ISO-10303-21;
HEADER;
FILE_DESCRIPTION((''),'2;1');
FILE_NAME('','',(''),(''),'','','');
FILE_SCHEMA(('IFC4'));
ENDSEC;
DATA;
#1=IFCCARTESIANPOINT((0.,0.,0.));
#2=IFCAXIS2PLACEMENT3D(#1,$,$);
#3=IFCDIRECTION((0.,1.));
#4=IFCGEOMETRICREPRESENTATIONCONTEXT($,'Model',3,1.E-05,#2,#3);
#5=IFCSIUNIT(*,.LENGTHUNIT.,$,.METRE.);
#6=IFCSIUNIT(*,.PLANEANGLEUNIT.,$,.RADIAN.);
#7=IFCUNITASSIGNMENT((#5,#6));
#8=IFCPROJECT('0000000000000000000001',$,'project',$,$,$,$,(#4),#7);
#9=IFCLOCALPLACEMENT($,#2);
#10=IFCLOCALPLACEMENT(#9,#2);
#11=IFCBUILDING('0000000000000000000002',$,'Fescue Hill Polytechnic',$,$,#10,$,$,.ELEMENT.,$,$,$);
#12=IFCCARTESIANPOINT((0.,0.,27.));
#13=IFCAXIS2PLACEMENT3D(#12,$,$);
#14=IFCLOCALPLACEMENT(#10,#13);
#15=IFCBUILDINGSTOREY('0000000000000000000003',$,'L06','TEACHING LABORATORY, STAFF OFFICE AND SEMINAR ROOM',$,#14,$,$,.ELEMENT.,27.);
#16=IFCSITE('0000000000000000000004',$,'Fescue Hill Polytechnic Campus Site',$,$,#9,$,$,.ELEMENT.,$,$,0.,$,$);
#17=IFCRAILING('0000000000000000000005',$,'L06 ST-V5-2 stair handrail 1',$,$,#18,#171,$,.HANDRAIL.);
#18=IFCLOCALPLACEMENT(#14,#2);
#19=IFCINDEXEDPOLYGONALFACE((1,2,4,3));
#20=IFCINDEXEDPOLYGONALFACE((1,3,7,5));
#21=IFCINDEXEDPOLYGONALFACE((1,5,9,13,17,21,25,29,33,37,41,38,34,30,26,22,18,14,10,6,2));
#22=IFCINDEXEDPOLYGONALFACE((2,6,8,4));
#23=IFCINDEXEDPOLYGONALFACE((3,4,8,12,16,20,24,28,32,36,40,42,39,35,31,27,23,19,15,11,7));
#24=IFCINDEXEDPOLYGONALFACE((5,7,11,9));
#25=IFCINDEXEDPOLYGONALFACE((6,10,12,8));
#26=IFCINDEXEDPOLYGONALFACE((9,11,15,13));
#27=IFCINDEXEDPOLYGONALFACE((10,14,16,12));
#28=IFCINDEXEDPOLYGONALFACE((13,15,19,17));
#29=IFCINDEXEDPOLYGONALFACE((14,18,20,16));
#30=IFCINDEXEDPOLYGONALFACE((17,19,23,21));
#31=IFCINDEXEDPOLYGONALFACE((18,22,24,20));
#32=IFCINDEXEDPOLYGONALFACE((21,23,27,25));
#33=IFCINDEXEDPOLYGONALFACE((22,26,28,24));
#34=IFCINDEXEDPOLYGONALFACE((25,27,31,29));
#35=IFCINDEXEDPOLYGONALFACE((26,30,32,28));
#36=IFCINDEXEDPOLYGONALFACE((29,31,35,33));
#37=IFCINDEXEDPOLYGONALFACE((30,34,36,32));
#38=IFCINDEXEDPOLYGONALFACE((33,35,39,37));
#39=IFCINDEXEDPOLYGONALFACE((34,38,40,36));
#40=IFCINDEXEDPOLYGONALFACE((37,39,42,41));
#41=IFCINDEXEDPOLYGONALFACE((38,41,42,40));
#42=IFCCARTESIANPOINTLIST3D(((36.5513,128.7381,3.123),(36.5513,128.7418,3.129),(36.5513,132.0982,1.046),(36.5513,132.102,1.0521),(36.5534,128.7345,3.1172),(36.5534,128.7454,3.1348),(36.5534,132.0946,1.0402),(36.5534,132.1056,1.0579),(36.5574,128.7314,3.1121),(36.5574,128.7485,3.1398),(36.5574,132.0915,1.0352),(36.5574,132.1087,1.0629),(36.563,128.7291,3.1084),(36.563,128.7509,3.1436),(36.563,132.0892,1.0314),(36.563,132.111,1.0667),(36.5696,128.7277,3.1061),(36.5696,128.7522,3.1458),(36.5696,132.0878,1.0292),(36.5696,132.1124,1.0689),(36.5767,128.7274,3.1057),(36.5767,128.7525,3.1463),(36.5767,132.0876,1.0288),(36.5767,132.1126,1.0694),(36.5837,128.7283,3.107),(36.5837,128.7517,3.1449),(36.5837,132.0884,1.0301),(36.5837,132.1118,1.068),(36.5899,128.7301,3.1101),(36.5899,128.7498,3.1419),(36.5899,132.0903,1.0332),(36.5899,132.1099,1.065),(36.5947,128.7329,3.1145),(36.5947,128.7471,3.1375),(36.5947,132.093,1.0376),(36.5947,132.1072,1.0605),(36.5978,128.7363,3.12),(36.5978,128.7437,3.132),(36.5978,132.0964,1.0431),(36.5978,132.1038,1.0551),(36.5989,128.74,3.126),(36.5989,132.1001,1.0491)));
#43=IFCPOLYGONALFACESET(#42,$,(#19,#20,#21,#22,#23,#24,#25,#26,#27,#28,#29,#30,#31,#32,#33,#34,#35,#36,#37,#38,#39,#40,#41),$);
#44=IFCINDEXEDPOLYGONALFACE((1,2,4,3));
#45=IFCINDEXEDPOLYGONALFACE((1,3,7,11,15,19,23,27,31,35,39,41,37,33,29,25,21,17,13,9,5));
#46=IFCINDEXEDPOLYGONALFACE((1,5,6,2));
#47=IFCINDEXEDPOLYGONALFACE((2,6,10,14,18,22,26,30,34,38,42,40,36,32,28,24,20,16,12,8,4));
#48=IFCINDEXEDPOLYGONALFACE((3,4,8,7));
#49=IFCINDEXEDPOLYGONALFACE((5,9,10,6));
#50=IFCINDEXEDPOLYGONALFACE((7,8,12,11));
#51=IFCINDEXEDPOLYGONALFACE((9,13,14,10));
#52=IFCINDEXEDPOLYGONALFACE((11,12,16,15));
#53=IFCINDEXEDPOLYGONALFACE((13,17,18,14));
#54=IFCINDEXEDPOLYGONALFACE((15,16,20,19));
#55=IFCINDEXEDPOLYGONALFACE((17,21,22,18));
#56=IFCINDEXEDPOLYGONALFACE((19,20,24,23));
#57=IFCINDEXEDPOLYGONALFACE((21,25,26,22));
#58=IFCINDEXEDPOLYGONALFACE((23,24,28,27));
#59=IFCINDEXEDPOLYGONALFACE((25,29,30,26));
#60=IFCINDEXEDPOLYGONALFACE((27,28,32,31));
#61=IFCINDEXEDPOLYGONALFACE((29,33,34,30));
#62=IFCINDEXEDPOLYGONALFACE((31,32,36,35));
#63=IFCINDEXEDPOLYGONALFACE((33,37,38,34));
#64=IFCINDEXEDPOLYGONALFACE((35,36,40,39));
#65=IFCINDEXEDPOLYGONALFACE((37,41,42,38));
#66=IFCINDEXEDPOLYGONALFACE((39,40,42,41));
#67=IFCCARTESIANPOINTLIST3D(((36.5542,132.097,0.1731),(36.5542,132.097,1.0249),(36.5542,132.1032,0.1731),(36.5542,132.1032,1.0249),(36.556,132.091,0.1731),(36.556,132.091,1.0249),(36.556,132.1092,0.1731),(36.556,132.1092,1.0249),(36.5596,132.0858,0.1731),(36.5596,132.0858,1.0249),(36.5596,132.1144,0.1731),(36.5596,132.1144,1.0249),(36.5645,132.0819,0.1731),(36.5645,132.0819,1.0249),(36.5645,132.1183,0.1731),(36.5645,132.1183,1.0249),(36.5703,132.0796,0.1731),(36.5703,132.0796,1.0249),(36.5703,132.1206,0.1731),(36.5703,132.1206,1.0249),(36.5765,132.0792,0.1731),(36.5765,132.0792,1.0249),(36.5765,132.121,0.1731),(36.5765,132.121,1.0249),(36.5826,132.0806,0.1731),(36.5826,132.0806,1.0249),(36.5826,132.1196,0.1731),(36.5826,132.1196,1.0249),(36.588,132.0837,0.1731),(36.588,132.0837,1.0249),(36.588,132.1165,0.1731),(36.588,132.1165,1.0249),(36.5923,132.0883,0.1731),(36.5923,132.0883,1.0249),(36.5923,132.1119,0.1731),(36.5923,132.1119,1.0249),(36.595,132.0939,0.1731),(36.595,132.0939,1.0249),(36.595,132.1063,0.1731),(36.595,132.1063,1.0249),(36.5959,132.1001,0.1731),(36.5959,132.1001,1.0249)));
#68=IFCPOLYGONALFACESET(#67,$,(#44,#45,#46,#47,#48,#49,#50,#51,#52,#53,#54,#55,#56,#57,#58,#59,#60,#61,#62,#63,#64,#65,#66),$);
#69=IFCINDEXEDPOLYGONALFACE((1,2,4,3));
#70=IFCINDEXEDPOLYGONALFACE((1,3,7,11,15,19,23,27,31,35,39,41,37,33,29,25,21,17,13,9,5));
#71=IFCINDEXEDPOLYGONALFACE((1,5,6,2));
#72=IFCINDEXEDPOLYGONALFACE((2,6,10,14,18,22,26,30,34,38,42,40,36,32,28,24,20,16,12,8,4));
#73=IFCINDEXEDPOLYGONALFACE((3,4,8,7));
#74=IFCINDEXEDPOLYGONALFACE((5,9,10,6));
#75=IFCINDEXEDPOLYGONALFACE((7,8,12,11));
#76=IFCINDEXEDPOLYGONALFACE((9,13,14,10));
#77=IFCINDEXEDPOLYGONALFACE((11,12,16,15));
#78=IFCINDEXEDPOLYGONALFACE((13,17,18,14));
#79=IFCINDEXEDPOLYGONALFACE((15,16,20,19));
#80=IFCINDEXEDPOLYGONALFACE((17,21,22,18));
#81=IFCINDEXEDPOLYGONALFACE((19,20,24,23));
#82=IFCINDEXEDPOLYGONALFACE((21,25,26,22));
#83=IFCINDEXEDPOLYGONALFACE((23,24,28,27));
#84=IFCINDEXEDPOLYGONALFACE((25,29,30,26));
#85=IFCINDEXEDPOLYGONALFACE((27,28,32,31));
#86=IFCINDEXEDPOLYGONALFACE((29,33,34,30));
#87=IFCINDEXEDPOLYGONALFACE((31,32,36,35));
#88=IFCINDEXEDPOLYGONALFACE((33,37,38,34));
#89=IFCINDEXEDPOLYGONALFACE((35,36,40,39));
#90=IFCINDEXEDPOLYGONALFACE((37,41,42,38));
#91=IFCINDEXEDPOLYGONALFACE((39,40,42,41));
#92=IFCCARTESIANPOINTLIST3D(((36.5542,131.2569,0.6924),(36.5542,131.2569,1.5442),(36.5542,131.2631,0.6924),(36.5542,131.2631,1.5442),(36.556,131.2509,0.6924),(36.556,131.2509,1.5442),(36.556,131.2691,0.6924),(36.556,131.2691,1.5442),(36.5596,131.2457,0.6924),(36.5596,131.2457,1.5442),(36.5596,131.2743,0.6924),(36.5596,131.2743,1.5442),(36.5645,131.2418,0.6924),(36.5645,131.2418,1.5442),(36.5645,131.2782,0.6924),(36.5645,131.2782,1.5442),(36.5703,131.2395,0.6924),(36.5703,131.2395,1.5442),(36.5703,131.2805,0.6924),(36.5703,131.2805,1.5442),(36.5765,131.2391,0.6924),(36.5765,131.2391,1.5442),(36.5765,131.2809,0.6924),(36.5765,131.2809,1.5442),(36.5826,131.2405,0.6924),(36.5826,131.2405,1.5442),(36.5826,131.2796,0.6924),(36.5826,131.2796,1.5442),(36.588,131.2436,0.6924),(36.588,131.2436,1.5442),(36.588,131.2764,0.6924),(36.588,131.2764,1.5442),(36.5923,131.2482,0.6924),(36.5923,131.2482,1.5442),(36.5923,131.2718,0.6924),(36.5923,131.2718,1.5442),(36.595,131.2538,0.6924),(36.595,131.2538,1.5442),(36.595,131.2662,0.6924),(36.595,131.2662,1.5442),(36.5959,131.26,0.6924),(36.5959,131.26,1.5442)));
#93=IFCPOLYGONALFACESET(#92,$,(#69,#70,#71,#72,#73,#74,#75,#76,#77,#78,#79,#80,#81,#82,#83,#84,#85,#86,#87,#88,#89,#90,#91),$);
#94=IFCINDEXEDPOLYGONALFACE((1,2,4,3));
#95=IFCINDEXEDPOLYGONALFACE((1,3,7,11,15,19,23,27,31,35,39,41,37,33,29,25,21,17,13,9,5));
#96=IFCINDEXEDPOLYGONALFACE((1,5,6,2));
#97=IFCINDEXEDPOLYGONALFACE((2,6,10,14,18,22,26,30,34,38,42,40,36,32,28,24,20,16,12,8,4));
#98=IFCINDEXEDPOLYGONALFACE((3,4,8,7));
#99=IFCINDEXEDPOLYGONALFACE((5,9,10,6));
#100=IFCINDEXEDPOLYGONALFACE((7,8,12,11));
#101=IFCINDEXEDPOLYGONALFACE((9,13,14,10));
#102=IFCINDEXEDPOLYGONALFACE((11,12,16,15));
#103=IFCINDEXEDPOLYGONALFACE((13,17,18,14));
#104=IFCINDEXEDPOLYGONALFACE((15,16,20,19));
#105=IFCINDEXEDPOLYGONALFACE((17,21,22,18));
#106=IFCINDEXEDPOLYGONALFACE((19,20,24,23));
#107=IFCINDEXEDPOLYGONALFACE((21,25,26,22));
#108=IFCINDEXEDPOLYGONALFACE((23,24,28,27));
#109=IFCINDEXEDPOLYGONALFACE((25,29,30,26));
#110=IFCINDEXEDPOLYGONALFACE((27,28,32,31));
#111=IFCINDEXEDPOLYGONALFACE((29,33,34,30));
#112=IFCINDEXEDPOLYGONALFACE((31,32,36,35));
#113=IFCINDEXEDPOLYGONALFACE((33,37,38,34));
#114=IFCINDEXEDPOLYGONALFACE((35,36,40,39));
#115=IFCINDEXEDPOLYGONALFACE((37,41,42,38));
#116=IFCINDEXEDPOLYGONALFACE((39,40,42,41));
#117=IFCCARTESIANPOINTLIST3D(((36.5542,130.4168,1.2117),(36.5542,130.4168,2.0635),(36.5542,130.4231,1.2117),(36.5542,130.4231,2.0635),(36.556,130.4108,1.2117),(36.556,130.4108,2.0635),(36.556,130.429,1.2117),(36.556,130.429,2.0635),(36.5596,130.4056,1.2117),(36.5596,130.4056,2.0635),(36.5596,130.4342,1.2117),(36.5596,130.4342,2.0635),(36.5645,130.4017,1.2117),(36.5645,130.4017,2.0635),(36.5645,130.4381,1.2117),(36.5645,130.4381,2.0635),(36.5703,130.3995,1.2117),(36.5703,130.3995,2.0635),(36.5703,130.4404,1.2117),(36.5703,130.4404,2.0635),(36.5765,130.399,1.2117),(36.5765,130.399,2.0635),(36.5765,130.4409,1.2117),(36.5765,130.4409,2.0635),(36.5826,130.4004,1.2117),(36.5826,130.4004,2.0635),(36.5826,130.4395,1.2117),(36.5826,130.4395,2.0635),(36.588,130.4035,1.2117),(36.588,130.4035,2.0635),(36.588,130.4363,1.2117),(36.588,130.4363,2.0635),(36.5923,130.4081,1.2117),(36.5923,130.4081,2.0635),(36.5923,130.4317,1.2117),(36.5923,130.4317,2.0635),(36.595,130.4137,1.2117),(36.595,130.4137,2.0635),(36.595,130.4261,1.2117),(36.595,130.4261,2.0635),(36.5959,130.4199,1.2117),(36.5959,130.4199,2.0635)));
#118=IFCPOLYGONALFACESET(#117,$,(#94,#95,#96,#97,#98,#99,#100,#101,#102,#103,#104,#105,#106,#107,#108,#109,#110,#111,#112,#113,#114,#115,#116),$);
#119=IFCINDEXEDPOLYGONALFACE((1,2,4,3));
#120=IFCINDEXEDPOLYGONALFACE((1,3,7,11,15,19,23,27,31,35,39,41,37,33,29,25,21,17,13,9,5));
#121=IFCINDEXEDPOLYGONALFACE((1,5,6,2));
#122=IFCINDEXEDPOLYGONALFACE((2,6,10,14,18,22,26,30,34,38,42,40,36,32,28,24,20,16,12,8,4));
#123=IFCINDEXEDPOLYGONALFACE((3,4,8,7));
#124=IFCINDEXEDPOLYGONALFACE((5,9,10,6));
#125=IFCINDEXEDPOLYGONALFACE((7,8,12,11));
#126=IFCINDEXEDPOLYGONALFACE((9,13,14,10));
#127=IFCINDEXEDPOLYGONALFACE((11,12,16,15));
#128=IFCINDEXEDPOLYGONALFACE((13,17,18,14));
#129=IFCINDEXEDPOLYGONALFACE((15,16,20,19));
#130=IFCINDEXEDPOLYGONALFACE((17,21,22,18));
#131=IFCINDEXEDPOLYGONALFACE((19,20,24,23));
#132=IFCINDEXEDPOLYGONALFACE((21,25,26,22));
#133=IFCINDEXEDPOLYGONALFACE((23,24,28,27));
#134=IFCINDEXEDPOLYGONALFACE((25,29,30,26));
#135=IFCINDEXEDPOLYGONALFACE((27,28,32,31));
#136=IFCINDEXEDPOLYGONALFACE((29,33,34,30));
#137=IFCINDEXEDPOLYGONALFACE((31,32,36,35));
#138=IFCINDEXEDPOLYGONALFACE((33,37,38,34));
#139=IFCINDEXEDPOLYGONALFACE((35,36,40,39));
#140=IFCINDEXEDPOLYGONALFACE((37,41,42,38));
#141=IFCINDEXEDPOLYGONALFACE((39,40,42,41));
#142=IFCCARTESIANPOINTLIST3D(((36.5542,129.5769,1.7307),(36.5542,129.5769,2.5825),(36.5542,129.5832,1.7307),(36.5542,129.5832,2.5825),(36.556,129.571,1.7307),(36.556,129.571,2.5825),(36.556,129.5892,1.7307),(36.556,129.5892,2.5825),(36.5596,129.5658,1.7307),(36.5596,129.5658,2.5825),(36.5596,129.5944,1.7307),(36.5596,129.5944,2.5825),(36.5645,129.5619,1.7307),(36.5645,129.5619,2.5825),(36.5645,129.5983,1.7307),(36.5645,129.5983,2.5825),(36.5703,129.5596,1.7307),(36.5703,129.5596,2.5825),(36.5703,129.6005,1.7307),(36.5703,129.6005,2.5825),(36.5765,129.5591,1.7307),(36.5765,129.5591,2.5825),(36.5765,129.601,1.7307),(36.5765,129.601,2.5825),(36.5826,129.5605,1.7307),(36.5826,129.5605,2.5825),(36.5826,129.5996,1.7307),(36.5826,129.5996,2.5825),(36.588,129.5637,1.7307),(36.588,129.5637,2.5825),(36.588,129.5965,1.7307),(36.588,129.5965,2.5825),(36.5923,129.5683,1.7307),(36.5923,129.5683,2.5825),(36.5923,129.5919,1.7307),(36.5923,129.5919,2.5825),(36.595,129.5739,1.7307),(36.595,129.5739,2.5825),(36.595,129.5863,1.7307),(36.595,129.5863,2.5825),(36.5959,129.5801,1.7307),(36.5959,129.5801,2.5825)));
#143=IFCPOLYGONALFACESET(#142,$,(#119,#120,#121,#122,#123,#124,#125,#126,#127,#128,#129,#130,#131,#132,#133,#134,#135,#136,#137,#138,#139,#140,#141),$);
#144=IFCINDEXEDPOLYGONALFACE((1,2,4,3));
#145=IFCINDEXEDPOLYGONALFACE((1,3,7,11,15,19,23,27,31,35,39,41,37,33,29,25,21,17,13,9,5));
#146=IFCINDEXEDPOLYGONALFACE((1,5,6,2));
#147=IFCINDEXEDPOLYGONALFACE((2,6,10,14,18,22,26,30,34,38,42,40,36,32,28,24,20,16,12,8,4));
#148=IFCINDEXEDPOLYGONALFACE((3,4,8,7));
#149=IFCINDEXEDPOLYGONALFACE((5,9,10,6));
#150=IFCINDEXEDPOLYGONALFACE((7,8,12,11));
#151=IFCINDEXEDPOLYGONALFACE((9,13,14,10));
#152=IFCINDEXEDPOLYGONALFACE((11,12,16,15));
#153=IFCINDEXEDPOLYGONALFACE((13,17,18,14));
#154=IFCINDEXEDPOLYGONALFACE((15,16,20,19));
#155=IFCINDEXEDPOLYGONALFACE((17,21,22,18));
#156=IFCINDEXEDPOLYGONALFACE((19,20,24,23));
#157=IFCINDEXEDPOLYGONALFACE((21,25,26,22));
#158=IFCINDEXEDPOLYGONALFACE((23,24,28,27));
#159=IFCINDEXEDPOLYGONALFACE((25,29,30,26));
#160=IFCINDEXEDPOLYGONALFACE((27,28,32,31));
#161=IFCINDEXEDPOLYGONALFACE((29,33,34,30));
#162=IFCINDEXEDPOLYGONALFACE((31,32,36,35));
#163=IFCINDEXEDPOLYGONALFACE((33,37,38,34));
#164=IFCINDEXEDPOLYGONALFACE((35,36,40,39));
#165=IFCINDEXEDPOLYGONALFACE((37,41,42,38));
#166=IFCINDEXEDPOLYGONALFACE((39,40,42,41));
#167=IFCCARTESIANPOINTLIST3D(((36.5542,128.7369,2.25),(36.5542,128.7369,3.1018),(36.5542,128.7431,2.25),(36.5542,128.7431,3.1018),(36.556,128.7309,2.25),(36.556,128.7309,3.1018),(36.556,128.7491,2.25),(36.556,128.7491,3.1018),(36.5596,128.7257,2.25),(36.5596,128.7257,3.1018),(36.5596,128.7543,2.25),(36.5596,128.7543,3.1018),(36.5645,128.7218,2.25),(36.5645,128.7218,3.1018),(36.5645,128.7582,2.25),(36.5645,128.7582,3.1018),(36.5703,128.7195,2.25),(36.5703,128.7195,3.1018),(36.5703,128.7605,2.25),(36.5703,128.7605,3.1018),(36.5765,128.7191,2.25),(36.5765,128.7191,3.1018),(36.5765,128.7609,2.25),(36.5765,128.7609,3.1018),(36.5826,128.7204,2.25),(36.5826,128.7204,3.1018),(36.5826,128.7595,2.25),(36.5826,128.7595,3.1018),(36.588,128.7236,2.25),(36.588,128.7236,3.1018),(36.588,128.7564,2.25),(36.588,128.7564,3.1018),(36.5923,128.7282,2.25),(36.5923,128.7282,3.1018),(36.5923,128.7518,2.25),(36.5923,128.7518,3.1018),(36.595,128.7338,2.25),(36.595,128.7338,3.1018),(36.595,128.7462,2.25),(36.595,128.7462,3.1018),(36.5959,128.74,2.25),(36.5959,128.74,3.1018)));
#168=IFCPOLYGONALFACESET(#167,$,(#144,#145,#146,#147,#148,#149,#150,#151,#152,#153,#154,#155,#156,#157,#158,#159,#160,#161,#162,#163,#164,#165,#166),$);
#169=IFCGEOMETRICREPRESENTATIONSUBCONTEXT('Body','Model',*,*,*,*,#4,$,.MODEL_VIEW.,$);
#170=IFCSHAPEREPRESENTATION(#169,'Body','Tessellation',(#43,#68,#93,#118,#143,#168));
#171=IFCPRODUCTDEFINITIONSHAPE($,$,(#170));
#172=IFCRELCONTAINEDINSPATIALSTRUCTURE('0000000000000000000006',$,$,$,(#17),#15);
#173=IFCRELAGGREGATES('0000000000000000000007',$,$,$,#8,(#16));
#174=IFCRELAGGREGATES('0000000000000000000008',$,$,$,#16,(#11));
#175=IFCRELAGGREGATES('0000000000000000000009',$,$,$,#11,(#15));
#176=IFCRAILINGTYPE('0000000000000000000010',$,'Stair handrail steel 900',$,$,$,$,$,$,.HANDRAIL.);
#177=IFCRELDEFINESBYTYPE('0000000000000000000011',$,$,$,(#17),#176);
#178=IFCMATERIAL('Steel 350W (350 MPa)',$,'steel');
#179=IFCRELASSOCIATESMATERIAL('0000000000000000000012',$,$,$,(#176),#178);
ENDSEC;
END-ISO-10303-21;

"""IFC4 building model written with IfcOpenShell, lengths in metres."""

from ifc_helpers import new_model, si_unit, direction, frame, origin, origin_2d, place, context, subcontext, project, spatial, circle, extrude, material, type_object, element, save


model = new_model("IFC4")

# Units and contexts
model_context = context("Model", 3, precision=1e-05, world=origin(), true_north=direction((0.0, 1.0)))
body_context = subcontext(model_context, "Body", "Model", "MODEL_VIEW")
ifc_project = project(units=[si_unit("LENGTHUNIT", "METRE"), si_unit("PLANEANGLEUNIT", "RADIAN")], contexts=[model_context])

# Site, building, storey
site_placement = place(None, origin())
site = spatial("IfcSite", under=ifc_project, at=site_placement, Name="Fescue Hill Polytechnic Campus Site", CompositionType="ELEMENT", RefElevation=0.0)
building_placement = place(site_placement, origin())
building = spatial("IfcBuilding", under=site, at=building_placement, Name="Fescue Hill Polytechnic", CompositionType="ELEMENT")
storey_placement = place(building_placement, frame((0.0, 0.0, 27.0)))
storey = spatial("IfcBuildingStorey", under=building, at=storey_placement, Name="L06", Description="TEACHING LABORATORY, STAFF OFFICE AND SEMINAR ROOM", CompositionType="ELEMENT", Elevation=27.0)

# Railing
ifc_material_1 = material(Name="Steel 350W (350 MPa)", Category="steel")
railing_type_1 = type_object("IfcRailingType", Name="Stair handrail steel 900", PredefinedType="HANDRAIL", material=ifc_material_1)
railing_1_placement = place(storey_placement, frame((36.575, 132.1001, 0.1731)))
element("IfcRailing", 1, at=railing_1_placement, inside=storey, type_object=railing_type_1, Name="L06 ST-V5-2 stair handrail 1", PredefinedType="HANDRAIL", context=body_context, shape_type="SweptSolid", body=[
    extrude(circle(Radius=0.0239, at=origin_2d()), frame((0.0, 0.0, 0.876), z_axis=(0.0, -0.850623, 0.525776), x_axis=(1.0, 0.0, 0.0)), (0.0, 0.0, 1.0), 3.9502),
    extrude(circle(Radius=0.021, at=origin_2d()), origin(), (0.0, 0.0, 1.0), 0.8518),
    extrude(circle(Radius=0.021, at=origin_2d()), frame((0.0, -0.8401, 0.5193)), (0.0, 0.0, 1.0), 0.8518),
    extrude(circle(Radius=0.021, at=origin_2d()), frame((0.0, -1.6802, 1.0386)), (0.0, 0.0, 1.0), 0.8518),
    extrude(circle(Radius=0.021, at=origin_2d()), frame((0.0, -2.52, 1.5576)), (0.0, 0.0, 1.0), 0.8518),
    extrude(circle(Radius=0.021, at=origin_2d()), frame((0.0, -3.3601, 2.0769)), (0.0, 0.0, 1.0), 0.8518),
])

save(model, "model.ifc")
